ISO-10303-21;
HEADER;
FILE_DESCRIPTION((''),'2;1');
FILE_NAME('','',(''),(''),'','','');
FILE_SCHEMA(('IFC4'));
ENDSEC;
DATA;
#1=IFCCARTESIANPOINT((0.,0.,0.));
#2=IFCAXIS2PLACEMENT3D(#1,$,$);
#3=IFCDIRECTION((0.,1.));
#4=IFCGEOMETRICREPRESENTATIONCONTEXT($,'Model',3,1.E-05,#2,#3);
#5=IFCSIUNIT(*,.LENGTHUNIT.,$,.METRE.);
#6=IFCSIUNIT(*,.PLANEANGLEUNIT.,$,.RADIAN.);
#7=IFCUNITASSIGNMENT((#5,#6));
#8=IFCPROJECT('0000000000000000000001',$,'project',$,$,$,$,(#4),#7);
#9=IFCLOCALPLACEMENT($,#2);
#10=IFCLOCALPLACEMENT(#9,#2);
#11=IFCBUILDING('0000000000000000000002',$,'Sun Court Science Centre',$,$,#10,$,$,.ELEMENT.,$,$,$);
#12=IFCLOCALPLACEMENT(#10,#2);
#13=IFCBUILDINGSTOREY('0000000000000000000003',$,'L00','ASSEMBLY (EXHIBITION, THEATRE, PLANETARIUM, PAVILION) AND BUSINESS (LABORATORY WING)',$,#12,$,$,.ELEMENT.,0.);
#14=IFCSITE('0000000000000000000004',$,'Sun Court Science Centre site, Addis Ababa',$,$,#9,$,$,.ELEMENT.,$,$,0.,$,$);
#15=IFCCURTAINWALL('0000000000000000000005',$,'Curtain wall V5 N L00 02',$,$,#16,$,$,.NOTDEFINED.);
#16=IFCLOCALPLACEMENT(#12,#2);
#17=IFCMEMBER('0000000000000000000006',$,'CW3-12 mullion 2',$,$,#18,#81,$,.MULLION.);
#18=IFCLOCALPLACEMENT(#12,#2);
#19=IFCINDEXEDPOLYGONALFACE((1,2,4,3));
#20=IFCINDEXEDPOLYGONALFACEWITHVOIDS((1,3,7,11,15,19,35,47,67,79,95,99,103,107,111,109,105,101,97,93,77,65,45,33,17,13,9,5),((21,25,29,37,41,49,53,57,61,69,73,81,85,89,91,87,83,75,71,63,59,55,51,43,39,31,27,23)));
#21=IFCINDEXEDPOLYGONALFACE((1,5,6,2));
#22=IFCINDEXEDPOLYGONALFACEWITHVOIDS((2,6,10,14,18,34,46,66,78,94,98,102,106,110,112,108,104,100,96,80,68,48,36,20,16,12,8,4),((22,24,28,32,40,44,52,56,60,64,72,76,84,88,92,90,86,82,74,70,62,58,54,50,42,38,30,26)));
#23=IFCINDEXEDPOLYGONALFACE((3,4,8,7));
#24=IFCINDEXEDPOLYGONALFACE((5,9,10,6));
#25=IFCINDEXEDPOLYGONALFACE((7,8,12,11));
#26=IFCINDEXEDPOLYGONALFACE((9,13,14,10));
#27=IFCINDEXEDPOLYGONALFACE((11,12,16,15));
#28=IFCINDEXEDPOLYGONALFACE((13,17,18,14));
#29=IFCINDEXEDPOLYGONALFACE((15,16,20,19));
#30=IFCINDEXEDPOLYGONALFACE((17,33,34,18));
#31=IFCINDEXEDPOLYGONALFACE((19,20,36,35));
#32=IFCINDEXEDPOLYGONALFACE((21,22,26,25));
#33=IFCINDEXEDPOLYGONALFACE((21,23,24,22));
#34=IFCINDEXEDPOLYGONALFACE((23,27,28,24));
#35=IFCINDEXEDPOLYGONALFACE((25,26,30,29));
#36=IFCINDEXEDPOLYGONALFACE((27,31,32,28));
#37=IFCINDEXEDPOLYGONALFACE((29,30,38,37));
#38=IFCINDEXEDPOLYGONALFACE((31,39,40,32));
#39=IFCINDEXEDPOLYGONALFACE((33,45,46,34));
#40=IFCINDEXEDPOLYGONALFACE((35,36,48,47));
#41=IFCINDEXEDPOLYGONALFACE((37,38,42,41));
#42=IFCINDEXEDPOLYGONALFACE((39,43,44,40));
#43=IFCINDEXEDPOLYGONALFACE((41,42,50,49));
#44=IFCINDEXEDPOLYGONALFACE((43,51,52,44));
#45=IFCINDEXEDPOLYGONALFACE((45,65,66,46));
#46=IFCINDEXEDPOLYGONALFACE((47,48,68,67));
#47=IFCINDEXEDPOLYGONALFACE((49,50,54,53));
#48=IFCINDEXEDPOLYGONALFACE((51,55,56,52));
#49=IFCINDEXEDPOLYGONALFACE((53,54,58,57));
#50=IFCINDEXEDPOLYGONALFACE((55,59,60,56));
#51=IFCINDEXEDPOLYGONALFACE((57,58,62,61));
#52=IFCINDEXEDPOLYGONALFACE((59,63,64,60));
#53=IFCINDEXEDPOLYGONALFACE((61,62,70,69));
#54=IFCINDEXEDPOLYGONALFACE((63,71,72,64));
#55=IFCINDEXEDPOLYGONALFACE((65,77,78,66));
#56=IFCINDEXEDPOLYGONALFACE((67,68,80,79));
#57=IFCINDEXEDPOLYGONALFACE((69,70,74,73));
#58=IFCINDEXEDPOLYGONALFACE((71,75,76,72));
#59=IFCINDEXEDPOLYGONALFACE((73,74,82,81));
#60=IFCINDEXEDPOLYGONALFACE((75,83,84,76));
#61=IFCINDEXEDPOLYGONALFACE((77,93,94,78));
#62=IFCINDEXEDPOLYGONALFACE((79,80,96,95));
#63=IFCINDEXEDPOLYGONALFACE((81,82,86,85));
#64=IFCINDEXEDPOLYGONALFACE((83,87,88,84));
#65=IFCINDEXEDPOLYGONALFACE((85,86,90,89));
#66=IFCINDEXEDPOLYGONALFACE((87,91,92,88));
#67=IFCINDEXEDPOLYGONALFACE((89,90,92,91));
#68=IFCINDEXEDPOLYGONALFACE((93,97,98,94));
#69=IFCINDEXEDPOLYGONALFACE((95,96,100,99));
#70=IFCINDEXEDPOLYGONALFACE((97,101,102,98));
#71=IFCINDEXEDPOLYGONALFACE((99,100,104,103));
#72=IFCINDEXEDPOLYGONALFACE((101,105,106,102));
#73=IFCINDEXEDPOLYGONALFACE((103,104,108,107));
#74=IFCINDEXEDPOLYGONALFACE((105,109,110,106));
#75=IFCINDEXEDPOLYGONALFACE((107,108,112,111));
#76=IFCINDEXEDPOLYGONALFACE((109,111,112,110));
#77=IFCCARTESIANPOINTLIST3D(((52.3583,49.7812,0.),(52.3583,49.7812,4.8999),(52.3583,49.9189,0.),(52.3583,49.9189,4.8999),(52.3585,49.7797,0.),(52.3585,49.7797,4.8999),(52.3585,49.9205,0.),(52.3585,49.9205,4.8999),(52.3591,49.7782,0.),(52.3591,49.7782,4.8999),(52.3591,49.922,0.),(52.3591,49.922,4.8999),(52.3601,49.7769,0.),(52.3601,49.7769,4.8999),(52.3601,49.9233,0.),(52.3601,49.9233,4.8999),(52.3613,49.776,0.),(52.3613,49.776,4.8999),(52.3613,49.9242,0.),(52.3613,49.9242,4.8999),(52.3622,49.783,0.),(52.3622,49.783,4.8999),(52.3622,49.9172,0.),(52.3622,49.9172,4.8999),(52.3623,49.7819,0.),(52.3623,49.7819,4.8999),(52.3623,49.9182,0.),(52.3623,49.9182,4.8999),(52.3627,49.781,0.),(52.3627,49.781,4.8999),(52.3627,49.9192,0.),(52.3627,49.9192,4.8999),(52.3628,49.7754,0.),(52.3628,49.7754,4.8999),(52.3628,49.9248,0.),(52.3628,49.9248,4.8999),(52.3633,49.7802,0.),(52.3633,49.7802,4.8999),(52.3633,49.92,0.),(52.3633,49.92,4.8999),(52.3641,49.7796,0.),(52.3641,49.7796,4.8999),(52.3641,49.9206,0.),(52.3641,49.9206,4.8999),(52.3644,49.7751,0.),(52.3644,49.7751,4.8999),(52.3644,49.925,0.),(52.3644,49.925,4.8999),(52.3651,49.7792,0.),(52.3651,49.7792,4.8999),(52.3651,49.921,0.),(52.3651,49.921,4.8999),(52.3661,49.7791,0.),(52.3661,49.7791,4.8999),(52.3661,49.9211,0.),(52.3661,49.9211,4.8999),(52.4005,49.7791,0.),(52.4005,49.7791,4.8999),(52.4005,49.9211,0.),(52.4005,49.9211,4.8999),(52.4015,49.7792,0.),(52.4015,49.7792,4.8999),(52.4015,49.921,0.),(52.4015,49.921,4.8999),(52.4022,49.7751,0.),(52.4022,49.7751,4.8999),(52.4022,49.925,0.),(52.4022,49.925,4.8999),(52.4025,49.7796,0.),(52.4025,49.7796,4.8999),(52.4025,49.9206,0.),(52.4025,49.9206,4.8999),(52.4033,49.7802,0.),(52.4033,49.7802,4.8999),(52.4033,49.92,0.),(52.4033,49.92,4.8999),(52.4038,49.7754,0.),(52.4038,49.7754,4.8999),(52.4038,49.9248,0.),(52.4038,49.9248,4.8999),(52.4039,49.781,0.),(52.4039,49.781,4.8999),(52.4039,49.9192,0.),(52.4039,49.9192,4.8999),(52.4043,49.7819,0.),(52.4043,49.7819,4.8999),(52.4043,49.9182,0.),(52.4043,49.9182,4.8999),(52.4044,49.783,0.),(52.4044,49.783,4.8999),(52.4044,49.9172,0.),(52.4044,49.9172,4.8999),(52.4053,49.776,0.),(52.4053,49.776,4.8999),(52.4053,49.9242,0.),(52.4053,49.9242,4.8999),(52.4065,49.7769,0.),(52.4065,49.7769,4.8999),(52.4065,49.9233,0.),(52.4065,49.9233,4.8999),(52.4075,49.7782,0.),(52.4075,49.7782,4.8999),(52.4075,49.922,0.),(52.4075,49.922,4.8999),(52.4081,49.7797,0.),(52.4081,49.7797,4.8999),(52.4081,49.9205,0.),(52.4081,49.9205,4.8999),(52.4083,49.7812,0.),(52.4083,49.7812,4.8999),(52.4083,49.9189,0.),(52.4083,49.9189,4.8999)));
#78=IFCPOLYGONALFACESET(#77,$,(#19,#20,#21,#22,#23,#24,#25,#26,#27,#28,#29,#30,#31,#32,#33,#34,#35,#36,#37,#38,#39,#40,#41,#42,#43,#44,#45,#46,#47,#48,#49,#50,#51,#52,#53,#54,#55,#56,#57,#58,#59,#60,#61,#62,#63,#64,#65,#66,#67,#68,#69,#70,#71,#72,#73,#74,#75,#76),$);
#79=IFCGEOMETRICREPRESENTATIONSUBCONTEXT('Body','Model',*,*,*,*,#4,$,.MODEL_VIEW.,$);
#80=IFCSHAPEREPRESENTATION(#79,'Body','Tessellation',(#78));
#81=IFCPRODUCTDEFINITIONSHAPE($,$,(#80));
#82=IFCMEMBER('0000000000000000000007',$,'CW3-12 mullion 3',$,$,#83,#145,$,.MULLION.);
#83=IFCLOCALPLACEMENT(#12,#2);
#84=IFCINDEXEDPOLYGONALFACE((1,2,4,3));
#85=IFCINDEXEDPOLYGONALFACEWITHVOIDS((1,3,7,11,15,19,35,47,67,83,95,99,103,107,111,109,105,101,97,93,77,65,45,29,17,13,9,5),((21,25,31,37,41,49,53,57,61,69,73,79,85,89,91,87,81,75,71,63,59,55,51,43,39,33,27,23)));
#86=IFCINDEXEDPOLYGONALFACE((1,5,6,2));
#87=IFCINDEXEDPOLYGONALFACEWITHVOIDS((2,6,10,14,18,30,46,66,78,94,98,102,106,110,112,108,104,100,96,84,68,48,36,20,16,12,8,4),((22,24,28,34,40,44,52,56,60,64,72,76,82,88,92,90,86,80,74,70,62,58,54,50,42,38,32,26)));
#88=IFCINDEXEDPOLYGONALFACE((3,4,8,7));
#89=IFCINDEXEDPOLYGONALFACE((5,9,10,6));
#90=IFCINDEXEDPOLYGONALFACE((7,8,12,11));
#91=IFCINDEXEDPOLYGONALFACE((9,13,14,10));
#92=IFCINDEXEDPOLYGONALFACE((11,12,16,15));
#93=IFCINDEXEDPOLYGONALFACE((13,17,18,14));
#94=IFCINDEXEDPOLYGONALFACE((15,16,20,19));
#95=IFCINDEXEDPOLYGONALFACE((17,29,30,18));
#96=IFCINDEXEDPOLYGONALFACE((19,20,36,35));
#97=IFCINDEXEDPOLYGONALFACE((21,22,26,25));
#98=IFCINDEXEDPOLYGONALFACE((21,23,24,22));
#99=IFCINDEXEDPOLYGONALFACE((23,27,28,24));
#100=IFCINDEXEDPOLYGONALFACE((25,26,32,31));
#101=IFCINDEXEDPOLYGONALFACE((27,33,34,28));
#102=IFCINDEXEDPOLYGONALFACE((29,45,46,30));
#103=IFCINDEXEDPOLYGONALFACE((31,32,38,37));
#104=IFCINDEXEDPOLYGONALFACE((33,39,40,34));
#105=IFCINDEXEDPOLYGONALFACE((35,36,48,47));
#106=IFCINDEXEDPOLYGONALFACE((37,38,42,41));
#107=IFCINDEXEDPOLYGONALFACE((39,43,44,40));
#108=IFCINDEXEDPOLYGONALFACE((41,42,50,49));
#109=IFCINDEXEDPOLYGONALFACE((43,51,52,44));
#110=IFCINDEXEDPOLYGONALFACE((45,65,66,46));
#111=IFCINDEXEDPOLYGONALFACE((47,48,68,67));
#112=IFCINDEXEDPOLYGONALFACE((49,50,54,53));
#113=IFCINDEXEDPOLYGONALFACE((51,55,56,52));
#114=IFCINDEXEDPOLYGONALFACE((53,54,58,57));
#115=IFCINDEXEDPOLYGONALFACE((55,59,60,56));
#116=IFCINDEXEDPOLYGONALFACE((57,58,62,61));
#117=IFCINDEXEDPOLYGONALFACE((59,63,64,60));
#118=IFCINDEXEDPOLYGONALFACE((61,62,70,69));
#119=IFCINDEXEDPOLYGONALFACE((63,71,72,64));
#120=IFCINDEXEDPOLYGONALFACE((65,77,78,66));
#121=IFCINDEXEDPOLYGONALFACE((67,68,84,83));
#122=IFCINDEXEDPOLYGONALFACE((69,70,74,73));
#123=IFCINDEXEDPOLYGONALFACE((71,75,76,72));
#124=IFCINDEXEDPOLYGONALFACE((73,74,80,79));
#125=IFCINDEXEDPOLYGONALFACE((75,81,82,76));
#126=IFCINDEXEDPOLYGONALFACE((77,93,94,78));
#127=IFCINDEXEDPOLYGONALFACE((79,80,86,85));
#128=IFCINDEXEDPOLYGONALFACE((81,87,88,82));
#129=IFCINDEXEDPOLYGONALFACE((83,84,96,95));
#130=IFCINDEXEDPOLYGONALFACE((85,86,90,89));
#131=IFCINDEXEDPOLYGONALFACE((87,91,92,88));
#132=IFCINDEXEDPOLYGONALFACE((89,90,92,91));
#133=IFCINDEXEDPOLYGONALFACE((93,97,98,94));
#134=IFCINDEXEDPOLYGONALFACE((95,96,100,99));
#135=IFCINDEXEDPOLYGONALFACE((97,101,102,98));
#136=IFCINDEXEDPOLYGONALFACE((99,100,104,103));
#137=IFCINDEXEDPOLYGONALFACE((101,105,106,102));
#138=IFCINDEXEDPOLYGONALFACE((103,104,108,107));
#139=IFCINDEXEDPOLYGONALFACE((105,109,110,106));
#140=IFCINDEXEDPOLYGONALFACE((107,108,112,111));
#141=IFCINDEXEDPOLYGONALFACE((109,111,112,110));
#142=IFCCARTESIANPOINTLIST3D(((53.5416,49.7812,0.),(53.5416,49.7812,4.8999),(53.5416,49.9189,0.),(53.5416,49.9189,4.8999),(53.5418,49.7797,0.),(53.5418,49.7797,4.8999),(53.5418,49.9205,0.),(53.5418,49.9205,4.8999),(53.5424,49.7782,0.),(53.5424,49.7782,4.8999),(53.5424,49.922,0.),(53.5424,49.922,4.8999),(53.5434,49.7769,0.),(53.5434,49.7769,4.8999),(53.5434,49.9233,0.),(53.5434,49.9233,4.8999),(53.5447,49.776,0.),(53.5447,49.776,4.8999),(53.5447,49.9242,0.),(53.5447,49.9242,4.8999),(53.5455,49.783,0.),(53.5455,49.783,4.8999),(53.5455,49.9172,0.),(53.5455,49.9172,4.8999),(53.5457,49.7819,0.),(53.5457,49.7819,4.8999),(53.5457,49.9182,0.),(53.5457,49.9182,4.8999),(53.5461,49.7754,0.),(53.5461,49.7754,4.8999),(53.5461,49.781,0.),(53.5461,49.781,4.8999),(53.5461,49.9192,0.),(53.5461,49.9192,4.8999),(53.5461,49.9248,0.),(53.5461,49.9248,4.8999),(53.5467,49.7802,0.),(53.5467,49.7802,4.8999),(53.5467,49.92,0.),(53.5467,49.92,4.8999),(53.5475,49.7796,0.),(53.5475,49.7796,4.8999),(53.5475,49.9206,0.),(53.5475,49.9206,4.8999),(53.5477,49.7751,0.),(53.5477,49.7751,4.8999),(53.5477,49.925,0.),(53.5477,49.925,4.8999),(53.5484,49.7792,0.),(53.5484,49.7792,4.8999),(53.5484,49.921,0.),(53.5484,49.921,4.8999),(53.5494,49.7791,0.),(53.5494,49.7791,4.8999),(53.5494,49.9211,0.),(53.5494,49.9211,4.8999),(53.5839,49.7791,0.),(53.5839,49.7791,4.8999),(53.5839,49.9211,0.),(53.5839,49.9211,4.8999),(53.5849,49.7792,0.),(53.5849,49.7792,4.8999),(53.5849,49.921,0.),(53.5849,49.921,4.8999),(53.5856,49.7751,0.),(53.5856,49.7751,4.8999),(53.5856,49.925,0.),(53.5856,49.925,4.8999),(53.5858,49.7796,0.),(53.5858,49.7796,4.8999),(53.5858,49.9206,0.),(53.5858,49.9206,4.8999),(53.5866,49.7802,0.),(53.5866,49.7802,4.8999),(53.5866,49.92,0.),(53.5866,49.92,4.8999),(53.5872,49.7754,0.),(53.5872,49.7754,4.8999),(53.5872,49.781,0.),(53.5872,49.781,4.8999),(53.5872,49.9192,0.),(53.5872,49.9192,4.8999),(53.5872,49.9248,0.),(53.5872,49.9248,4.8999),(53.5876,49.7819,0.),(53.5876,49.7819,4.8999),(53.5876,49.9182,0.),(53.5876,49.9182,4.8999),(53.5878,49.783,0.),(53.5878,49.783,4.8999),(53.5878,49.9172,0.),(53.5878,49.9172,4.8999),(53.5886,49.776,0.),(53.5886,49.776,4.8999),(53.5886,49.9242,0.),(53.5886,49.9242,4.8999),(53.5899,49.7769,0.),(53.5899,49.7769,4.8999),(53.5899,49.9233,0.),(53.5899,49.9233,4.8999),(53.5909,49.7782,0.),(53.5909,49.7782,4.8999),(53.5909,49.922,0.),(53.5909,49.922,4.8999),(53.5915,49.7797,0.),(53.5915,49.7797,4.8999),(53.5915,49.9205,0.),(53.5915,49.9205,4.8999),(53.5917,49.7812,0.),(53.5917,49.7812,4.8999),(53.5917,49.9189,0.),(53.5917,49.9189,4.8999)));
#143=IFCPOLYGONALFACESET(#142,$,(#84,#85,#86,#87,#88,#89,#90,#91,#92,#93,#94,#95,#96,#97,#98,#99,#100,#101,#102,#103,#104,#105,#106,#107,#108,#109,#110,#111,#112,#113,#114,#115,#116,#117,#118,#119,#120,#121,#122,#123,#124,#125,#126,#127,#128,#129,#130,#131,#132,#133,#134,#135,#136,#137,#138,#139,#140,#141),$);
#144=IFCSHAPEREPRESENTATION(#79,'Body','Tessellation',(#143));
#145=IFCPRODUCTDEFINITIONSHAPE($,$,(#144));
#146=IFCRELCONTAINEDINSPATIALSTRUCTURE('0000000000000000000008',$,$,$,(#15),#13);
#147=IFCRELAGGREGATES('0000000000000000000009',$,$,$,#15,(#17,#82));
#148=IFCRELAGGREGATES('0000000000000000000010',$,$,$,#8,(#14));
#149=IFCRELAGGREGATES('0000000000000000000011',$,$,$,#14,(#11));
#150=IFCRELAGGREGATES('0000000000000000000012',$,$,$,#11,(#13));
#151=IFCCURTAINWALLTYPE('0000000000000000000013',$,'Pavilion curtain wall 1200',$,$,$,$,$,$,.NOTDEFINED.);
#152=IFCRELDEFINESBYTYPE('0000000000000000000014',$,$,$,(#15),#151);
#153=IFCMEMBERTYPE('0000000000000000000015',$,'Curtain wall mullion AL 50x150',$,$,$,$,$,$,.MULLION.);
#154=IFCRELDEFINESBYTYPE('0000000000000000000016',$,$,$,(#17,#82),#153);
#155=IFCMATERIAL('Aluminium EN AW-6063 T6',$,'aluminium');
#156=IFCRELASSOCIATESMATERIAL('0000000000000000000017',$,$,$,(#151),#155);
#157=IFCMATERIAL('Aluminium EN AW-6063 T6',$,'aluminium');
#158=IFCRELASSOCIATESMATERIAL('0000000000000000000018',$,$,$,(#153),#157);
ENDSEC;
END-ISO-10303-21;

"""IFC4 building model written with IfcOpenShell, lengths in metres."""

from ifc_helpers import new_model, si_unit, direction, frame, origin, origin_2d, place, context, subcontext, project, spatial, hollow_rectangle, extrude, material, material_profile, profile_set, type_object, element, aggregate, save


model = new_model("IFC4")

# Units and contexts
model_context = context("Model", 3, precision=1e-05, world=origin(), true_north=direction((0.0, 1.0)))
body_context = subcontext(model_context, "Body", "Model", "MODEL_VIEW")
ifc_project = project(units=[si_unit("LENGTHUNIT", "METRE"), si_unit("PLANEANGLEUNIT", "RADIAN")], contexts=[model_context])

# Site, building, storey
site_placement = place(None, origin())
site = spatial("IfcSite", under=ifc_project, at=site_placement, Name="Sun Court Science Centre site, Addis Ababa", CompositionType="ELEMENT", RefElevation=0.0)
building_placement = place(site_placement, origin())
building = spatial("IfcBuilding", under=site, at=building_placement, Name="Sun Court Science Centre", CompositionType="ELEMENT")
storey_placement = place(building_placement, origin())
storey = spatial("IfcBuildingStorey", under=building, at=storey_placement, Name="L00", Description="ASSEMBLY (EXHIBITION, THEATRE, PLANETARIUM, PAVILION) AND BUSINESS (LABORATORY WING)", CompositionType="ELEMENT", Elevation=0.0)

# Curtain wall, members
ifc_material_1 = material(Name="Aluminium EN AW-6063 T6", Category="aluminium")
curtain_wall_type = type_object("IfcCurtainWallType", Name="Pavilion curtain wall 1200", PredefinedType="NOTDEFINED", material=ifc_material_1)
curtain_wall_placement = place(storey_placement, origin())
curtain_wall = element("IfcCurtainWall", 1, at=curtain_wall_placement, inside=storey, type_object=curtain_wall_type, Name="Curtain wall V5 N L00 02", PredefinedType="NOTDEFINED")
ifc_material_2 = material(Name="Aluminium EN AW-6063 T6", Category="aluminium")
ifc_material_profile_1 = material_profile(ifc_material_2, hollow_rectangle(XDim=0.05, YDim=0.1499, WallThickness=0.0039, InnerFilletRadius=0.0039, OuterFilletRadius=0.0061, at=origin_2d()), Name="AL 50x150x4")
ifc_profile_set_1 = profile_set([ifc_material_profile_1], Name="Aluminium EN AW-6063 T6")
member_type_1 = type_object("IfcMemberType", Name="Curtain wall mullion AL 50x150", PredefinedType="MULLION", material=ifc_profile_set_1)
member_1_placement = place(storey_placement, frame((52.3833, 49.8501, 0.0), z_axis=(0.0, 0.0, 1.0), x_axis=(1.0, 0.0, 0.0)))
member_1 = element("IfcMember", 2, at=member_1_placement, type_object=member_type_1, Name="CW3-12 mullion 2", PredefinedType="MULLION", context=body_context, shape_type="SweptSolid", body=[
    extrude(hollow_rectangle(XDim=0.05, YDim=0.1499, WallThickness=0.0039, InnerFilletRadius=0.0039, OuterFilletRadius=0.0061, at=origin_2d()), origin(), (0.0, 0.0, 1.0), 4.8999),
])
member_2_placement = place(storey_placement, frame((53.5667, 49.8501, 0.0), z_axis=(0.0, 0.0, 1.0), x_axis=(1.0, 0.0, 0.0)))
member_2 = element("IfcMember", 3, at=member_2_placement, type_object=member_type_1, Name="CW3-12 mullion 3", PredefinedType="MULLION", context=body_context, shape_type="SweptSolid", body=[
    extrude(hollow_rectangle(XDim=0.05, YDim=0.1499, WallThickness=0.0039, InnerFilletRadius=0.0039, OuterFilletRadius=0.0061, at=origin_2d()), origin(), (0.0, 0.0, 1.0), 4.8999),
])
aggregate(curtain_wall, [member_1, member_2])

save(model, "model.ifc")
